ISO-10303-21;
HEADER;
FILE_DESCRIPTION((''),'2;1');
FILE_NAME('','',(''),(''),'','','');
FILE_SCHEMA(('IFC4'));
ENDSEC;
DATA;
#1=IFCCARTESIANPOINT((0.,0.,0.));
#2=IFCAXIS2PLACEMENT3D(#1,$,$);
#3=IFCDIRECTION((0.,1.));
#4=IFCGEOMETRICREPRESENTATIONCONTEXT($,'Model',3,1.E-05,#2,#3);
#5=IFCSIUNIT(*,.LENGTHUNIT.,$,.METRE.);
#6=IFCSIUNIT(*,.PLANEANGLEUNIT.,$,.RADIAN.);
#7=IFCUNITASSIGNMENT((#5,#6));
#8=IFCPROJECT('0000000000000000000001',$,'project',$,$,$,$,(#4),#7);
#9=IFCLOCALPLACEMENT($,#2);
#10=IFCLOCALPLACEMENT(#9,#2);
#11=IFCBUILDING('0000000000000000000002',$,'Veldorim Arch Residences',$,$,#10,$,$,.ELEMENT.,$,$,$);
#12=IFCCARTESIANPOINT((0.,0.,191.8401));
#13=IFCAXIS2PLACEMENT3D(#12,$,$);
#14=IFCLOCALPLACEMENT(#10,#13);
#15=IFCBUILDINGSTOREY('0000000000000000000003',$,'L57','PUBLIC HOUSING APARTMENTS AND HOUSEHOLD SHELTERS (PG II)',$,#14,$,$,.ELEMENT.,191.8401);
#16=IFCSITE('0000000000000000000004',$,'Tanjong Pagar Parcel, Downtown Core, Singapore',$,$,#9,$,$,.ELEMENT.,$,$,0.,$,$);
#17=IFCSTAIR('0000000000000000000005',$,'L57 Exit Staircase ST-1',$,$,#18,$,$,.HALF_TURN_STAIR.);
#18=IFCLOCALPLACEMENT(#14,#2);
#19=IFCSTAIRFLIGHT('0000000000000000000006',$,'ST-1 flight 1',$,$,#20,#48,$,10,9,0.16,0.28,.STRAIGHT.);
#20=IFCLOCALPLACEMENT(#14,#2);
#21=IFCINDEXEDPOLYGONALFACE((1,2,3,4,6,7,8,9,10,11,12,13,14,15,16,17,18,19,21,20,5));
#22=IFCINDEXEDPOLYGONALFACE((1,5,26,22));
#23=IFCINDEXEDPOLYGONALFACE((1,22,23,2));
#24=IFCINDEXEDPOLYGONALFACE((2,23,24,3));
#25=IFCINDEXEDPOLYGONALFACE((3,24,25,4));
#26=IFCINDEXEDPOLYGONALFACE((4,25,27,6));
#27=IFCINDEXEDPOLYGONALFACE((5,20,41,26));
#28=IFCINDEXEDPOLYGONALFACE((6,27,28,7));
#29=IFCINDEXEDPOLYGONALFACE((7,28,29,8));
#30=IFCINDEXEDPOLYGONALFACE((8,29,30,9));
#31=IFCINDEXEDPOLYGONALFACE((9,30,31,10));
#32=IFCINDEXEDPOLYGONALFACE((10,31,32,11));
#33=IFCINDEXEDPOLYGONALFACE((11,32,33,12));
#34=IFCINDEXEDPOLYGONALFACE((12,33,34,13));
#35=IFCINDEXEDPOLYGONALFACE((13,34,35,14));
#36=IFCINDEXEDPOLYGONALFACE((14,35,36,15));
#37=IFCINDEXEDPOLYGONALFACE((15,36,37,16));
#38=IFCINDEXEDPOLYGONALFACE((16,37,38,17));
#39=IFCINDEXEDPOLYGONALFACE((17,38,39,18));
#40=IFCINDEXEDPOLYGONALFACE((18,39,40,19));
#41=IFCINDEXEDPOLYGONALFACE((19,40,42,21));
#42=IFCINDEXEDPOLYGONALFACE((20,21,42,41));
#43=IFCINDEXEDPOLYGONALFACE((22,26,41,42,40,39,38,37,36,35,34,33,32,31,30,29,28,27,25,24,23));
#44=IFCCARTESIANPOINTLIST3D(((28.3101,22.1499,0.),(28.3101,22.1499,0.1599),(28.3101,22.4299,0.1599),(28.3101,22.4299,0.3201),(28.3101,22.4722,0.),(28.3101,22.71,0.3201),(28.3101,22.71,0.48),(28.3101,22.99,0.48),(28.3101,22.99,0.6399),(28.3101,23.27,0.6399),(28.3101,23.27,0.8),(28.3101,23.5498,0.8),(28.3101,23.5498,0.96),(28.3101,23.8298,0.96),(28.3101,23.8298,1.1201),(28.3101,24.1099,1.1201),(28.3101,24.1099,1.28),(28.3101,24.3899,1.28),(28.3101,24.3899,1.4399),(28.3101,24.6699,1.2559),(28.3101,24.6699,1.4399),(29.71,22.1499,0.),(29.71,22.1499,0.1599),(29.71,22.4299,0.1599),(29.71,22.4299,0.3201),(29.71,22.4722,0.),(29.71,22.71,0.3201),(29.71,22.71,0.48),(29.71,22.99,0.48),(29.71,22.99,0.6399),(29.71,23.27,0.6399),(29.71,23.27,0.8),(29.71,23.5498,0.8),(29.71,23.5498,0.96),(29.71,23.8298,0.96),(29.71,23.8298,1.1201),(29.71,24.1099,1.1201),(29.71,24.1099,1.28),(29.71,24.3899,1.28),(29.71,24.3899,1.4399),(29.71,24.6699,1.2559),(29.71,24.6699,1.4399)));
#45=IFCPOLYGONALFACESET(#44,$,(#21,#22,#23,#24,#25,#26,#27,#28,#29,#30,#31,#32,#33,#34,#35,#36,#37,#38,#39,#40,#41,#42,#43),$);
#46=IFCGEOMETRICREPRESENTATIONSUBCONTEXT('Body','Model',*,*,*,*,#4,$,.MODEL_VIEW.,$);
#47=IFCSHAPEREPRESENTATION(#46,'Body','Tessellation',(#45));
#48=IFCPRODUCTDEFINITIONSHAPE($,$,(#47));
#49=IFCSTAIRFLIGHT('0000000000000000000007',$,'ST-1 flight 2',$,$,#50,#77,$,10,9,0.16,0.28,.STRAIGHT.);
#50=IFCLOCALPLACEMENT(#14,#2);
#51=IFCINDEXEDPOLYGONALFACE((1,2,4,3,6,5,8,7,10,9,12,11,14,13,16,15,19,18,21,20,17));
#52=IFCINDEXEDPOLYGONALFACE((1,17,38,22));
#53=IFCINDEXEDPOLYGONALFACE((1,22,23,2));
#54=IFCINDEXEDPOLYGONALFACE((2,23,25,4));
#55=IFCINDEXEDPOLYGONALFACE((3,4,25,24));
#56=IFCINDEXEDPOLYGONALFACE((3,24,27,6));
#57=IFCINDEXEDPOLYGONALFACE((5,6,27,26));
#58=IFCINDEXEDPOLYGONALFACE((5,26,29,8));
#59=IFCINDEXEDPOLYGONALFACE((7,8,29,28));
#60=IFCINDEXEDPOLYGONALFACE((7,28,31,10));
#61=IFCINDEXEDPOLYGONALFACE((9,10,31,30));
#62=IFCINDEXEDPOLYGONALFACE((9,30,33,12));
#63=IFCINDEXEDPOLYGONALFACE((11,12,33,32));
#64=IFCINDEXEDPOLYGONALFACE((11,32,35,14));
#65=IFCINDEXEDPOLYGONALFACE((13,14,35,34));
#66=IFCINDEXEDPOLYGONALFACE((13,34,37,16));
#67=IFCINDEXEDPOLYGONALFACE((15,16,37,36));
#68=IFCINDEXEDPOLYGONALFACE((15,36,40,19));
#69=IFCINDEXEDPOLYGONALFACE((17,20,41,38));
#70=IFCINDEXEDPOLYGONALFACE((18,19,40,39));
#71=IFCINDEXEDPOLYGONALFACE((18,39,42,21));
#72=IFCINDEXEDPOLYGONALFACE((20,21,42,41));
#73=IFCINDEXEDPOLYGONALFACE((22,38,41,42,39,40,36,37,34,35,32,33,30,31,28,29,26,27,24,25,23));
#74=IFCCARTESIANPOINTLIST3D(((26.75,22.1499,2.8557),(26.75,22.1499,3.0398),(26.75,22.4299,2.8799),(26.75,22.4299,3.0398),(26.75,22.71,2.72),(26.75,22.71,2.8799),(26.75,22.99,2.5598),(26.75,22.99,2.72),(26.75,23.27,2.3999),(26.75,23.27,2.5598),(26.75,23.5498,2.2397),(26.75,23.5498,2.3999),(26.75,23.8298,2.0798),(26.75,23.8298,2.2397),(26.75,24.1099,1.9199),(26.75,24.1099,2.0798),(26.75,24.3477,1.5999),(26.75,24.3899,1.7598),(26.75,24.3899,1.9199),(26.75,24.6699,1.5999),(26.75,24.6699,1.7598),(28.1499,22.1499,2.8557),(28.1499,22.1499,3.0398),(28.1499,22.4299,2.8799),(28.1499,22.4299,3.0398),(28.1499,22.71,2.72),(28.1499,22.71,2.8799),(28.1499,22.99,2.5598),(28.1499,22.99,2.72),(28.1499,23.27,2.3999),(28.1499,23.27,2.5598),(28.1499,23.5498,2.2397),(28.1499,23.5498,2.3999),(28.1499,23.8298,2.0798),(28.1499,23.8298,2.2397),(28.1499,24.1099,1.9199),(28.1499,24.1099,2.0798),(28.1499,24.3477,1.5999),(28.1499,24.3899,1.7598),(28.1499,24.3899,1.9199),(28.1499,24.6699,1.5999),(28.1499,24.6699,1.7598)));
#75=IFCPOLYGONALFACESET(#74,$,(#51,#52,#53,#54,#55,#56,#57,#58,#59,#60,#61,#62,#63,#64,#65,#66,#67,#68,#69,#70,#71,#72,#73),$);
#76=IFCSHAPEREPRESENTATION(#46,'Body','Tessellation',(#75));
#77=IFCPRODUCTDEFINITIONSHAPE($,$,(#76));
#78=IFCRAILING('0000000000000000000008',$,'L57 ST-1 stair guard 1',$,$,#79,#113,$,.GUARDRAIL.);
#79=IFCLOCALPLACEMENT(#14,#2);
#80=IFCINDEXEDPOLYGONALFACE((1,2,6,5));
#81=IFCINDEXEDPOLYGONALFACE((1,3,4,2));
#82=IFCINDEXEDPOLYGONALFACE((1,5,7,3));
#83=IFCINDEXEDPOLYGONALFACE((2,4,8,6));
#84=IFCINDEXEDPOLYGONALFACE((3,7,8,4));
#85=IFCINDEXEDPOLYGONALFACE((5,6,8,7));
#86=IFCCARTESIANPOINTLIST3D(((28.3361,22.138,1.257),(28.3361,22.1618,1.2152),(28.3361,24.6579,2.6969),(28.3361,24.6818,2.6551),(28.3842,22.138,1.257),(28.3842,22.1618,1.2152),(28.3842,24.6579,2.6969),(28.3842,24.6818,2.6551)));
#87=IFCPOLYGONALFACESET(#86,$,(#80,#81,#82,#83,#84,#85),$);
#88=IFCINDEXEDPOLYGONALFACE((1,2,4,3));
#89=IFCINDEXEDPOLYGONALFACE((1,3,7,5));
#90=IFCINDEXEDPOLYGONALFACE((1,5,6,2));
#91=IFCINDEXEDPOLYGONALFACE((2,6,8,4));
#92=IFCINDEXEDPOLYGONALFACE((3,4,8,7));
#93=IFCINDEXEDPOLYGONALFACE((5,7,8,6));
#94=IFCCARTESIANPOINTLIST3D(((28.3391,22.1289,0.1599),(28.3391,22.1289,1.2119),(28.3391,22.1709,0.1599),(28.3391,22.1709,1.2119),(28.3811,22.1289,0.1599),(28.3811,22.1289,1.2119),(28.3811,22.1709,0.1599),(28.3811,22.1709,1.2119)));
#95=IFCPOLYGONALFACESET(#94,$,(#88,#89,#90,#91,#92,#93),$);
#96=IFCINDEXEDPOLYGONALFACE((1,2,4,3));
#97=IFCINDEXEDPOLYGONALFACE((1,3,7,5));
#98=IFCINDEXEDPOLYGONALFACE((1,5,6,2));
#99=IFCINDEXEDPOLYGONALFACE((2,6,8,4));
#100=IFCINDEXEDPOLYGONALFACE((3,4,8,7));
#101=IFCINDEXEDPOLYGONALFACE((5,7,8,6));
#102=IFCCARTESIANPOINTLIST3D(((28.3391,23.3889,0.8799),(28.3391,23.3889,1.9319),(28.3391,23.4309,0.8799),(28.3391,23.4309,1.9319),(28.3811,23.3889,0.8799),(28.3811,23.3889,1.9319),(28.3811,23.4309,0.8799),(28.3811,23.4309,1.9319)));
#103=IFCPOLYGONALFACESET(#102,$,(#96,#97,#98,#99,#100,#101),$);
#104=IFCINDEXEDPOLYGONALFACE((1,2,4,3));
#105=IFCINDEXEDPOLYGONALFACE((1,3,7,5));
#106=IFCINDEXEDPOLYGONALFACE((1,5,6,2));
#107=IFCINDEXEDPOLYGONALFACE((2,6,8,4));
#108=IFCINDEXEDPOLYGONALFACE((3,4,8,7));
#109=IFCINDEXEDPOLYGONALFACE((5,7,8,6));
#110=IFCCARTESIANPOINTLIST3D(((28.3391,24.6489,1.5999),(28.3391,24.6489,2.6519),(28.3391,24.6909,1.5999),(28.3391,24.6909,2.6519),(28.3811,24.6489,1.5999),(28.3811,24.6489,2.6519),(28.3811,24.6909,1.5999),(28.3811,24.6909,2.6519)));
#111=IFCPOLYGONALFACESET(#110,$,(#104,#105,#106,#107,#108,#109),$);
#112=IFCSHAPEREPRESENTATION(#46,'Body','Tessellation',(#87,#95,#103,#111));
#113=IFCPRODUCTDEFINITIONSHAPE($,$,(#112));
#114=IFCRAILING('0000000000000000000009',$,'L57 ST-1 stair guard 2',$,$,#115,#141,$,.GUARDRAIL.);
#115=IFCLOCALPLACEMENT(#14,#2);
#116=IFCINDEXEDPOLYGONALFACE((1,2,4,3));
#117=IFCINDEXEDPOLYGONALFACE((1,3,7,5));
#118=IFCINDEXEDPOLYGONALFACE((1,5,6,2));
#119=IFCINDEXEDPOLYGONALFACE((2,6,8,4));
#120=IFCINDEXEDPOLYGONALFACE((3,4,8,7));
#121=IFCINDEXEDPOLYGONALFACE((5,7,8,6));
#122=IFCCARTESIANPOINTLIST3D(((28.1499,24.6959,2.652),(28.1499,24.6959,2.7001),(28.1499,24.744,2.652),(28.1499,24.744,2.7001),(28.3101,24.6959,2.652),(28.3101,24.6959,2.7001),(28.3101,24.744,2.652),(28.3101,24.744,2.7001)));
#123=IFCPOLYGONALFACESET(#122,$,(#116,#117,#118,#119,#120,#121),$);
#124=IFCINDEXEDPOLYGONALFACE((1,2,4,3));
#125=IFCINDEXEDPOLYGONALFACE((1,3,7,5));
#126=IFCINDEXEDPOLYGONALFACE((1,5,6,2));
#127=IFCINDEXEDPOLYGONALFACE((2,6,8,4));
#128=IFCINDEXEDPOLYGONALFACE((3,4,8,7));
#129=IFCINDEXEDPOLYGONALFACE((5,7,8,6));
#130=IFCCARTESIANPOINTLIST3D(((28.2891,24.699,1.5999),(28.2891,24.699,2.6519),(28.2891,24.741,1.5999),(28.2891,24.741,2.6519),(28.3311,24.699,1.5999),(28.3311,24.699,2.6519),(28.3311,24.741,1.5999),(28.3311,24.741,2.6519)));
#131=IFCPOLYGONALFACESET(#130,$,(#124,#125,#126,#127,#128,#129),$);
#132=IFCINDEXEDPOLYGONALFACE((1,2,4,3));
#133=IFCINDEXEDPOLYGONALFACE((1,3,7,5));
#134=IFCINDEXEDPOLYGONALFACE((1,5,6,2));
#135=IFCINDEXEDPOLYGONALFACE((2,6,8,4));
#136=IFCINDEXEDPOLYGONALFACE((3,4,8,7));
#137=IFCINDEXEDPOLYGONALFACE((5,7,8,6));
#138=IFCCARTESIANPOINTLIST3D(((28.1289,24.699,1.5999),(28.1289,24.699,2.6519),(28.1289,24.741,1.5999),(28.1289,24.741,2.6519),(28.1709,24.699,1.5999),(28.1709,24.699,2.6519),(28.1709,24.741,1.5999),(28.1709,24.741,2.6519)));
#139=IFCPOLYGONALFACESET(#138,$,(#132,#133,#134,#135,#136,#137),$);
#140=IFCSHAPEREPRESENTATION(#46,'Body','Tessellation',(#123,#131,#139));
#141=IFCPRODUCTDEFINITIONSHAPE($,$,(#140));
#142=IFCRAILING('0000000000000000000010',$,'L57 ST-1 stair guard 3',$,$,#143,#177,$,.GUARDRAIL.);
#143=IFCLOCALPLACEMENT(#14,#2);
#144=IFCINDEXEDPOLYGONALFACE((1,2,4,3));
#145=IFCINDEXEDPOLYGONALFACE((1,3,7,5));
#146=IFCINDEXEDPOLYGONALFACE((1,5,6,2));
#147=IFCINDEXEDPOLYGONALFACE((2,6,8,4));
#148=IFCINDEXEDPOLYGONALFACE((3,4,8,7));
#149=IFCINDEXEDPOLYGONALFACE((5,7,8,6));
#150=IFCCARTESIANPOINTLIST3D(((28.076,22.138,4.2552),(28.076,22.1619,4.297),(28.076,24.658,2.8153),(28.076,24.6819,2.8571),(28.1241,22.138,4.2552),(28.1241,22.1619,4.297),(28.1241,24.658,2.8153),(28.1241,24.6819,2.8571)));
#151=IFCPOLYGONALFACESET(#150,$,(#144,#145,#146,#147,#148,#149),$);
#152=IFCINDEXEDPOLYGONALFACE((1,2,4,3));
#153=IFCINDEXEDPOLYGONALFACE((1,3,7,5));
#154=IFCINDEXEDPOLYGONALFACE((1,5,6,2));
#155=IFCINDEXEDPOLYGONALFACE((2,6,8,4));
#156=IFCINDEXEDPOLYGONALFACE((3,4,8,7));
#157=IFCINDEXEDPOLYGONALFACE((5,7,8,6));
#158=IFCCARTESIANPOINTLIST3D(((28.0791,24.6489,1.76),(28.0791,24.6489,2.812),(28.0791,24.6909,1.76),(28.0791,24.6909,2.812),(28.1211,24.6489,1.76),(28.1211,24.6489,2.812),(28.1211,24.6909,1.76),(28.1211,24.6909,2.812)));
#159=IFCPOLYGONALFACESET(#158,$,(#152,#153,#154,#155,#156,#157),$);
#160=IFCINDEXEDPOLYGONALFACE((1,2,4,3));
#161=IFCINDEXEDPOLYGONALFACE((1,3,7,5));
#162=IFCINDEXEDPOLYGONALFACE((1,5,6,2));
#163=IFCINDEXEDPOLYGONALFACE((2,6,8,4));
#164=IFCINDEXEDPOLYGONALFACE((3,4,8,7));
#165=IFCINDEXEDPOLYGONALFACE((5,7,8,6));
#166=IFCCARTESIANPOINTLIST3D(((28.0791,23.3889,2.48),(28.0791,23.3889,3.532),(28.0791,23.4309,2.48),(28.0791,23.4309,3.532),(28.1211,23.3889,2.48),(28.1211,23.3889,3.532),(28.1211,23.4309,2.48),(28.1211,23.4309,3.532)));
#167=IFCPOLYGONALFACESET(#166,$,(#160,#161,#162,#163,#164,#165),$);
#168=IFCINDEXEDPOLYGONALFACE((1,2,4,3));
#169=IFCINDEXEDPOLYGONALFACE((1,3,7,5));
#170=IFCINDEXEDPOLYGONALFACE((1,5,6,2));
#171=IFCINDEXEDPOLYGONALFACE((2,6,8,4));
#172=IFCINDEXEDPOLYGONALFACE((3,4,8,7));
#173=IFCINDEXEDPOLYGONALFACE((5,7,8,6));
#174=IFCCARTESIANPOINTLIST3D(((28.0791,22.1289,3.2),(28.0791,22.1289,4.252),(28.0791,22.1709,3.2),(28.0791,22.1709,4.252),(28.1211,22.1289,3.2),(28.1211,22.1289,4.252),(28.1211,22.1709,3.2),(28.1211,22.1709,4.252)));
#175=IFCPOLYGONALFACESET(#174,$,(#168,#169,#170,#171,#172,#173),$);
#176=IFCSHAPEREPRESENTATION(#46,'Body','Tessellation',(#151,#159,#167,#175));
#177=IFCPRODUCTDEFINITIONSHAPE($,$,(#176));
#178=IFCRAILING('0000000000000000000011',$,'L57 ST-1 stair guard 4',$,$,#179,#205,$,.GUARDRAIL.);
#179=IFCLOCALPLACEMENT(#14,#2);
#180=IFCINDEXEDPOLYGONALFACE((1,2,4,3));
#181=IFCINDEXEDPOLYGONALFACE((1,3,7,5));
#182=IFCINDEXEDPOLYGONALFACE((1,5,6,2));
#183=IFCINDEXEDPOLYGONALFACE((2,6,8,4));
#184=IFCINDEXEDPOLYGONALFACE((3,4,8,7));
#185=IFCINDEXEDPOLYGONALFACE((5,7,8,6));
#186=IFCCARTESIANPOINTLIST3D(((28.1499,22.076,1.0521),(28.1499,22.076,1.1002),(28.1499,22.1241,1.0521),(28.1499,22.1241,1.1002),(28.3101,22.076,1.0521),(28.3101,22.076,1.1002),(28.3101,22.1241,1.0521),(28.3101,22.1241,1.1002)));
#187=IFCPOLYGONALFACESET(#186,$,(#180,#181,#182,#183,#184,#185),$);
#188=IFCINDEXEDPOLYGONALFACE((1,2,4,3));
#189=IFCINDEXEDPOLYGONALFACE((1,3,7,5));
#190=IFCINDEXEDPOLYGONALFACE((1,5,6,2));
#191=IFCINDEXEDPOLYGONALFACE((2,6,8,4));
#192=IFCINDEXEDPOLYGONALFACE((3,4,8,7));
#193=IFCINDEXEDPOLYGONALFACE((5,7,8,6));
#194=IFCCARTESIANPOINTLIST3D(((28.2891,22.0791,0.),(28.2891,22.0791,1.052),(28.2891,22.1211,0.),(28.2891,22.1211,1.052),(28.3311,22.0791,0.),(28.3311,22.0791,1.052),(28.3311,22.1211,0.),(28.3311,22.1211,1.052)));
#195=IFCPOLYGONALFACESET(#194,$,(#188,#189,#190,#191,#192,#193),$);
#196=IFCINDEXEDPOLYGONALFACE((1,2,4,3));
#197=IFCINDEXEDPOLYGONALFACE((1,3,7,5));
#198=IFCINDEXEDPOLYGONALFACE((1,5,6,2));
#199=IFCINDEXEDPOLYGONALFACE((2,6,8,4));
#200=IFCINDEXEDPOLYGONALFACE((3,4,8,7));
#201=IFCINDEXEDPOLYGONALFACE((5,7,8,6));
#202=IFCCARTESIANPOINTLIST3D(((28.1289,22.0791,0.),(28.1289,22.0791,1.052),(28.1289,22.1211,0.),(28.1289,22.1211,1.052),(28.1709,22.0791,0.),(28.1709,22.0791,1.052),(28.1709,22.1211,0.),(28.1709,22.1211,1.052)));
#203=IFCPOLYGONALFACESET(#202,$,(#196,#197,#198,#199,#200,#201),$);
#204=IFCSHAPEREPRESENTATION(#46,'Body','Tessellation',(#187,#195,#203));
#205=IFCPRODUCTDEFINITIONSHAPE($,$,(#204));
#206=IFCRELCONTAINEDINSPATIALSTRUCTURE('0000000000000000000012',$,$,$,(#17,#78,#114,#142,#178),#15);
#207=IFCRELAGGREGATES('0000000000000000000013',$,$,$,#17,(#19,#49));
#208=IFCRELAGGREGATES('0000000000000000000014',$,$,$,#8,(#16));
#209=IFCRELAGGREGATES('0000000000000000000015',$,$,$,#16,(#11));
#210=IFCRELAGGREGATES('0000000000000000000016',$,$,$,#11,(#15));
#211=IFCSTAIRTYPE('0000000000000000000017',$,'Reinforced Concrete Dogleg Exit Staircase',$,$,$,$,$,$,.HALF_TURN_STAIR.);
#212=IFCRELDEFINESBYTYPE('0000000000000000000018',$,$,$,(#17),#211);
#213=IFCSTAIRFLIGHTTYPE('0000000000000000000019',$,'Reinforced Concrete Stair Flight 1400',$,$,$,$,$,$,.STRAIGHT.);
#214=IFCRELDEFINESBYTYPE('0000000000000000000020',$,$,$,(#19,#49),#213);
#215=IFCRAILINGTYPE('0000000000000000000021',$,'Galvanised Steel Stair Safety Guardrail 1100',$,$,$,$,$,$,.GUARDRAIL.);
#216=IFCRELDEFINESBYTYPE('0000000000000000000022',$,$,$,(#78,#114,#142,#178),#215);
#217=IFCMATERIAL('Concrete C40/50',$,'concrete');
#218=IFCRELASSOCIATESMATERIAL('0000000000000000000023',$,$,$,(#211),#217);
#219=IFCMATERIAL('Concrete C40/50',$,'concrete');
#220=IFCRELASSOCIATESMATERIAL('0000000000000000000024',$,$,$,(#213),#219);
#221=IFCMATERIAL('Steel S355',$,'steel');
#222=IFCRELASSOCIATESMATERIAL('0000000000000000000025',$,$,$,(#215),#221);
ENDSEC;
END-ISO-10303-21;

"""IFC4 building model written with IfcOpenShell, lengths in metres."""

from ifc_helpers import new_model, si_unit, direction, frame, origin, origin_2d, place, context, subcontext, project, spatial, polyline, rectangle, outline, extrude, material, type_object, element, aggregate, save


model = new_model("IFC4")

# Units and contexts
model_context = context("Model", 3, precision=1e-05, world=origin(), true_north=direction((0.0, 1.0)))
body_context = subcontext(model_context, "Body", "Model", "MODEL_VIEW")
ifc_project = project(units=[si_unit("LENGTHUNIT", "METRE"), si_unit("PLANEANGLEUNIT", "RADIAN")], contexts=[model_context])

# Site, building, storey
site_placement = place(None, origin())
site = spatial("IfcSite", under=ifc_project, at=site_placement, Name="Tanjong Pagar Parcel, Downtown Core, Singapore", CompositionType="ELEMENT", RefElevation=0.0)
building_placement = place(site_placement, origin())
building = spatial("IfcBuilding", under=site, at=building_placement, Name="Veldorim Arch Residences", CompositionType="ELEMENT")
storey_placement = place(building_placement, frame((0.0, 0.0, 191.8401)))
storey = spatial("IfcBuildingStorey", under=building, at=storey_placement, Name="L57", Description="PUBLIC HOUSING APARTMENTS AND HOUSEHOLD SHELTERS (PG II)", CompositionType="ELEMENT", Elevation=191.8401)

# Stair, stair flights
ifc_material_1 = material(Name="Concrete C40/50", Category="concrete")
stair_type = type_object("IfcStairType", Name="Reinforced Concrete Dogleg Exit Staircase", PredefinedType="HALF_TURN_STAIR", material=ifc_material_1)
stair_placement = place(storey_placement, origin())
stair = element("IfcStair", 1, at=stair_placement, inside=storey, type_object=stair_type, Name="L57 Exit Staircase ST-1", PredefinedType="HALF_TURN_STAIR")
ifc_material_2 = material(Name="Concrete C40/50", Category="concrete")
stair_flight_type = type_object("IfcStairFlightType", Name="Reinforced Concrete Stair Flight 1400", PredefinedType="STRAIGHT", material=ifc_material_2)
stair_flight_1_placement = place(storey_placement, frame((29.01, 22.1499, 0.0), z_axis=(0.0, 0.0, 1.0), x_axis=(0.0, 1.0, 0.0)))
stair_flight_1 = element("IfcStairFlight", 2, at=stair_flight_1_placement, type_object=stair_flight_type, Name="ST-1 flight 1", NumberOfRisers=10, NumberOfTreads=9, PredefinedType="STRAIGHT", RiserHeight=0.16, TreadLength=0.28, context=body_context, shape_type="SweptSolid", body=[
    extrude(outline(polyline([(0.0, 0.0), (0.0, 0.1599), (0.28, 0.1599), (0.28, 0.3201), (0.5601, 0.3201), (0.5601, 0.48), (0.8401, 0.48), (0.8401, 0.6399), (1.1201, 0.6399), (1.1201, 0.8), (1.3999, 0.8), (1.3999, 0.96), (1.6799, 0.96), (1.6799, 1.1201), (1.96, 1.1201), (1.96, 1.28), (2.24, 1.28), (2.24, 1.4399), (2.52, 1.4399), (2.52, 1.6001), (2.52, 1.2559), (0.3223, 0.0), (0.0, 0.0)])), frame((0.0, 0.7, 0.0), z_axis=(0.0, -1.0, 0.0), x_axis=(1.0, 0.0, 0.0)), (0.0, 0.0, 1.0), 1.3999),
])
stair_flight_2_placement = place(storey_placement, frame((27.45, 24.6699, 1.5999), z_axis=(0.0, 0.0, 1.0), x_axis=(0.0, -1.0, 0.0)))
stair_flight_2 = element("IfcStairFlight", 3, at=stair_flight_2_placement, type_object=stair_flight_type, Name="ST-1 flight 2", NumberOfRisers=10, NumberOfTreads=9, PredefinedType="STRAIGHT", RiserHeight=0.16, TreadLength=0.28, context=body_context, shape_type="SweptSolid", body=[
    extrude(outline(polyline([(0.0, 0.0), (0.0, 0.1599), (0.28, 0.1599), (0.28, 0.3201), (0.5601, 0.3201), (0.5601, 0.48), (0.8401, 0.48), (0.8401, 0.6399), (1.1201, 0.6399), (1.1201, 0.8), (1.3999, 0.8), (1.3999, 0.96), (1.6799, 0.96), (1.6799, 1.1201), (1.96, 1.1201), (1.96, 1.28), (2.24, 1.28), (2.24, 1.4399), (2.52, 1.4399), (2.52, 1.6001), (2.52, 1.2559), (0.3223, 0.0), (0.0, 0.0)])), frame((0.0, 0.7, 0.0), z_axis=(0.0, -1.0, 0.0), x_axis=(1.0, 0.0, 0.0)), (0.0, 0.0, 1.0), 1.3999),
])
aggregate(stair, [stair_flight_1, stair_flight_2])

# Railings
ifc_material_3 = material(Name="Steel S355", Category="steel")
railing_type_1 = type_object("IfcRailingType", Name="Galvanised Steel Stair Safety Guardrail 1100", PredefinedType="GUARDRAIL", material=ifc_material_3)
railing_1_placement = place(storey_placement, frame((28.3601, 22.1499, 0.1599)))
element("IfcRailing", 4, at=railing_1_placement, inside=storey, type_object=railing_type_1, Name="L57 ST-1 stair guard 1", PredefinedType="GUARDRAIL", context=body_context, shape_type="SweptSolid", body=[
    extrude(rectangle(XDim=0.0481, YDim=0.0481, at=origin_2d()), frame((0.0, 0.0, 1.0762), z_axis=(0.0, 0.868253, 0.496121), x_axis=(-1.0, 0.0, 0.0)), (0.0, 0.0, 1.0), 2.9023),
    extrude(rectangle(XDim=0.042, YDim=0.042, at=origin_2d()), origin(), (0.0, 0.0, 1.0), 1.052),
    extrude(rectangle(XDim=0.042, YDim=0.042, at=origin_2d()), frame((0.0, 1.26, 0.72)), (0.0, 0.0, 1.0), 1.052),
    extrude(rectangle(XDim=0.042, YDim=0.042, at=origin_2d()), frame((0.0, 2.52, 1.4399)), (0.0, 0.0, 1.0), 1.052),
])
railing_2_placement = place(storey_placement, frame((28.3101, 24.72, 1.5999)))
element("IfcRailing", 5, at=railing_2_placement, inside=storey, type_object=railing_type_1, Name="L57 ST-1 stair guard 2", PredefinedType="GUARDRAIL", context=body_context, shape_type="SweptSolid", body=[
    extrude(rectangle(XDim=0.0481, YDim=0.0481, at=origin_2d()), frame((0.0, 0.0, 1.0762), z_axis=(-1.0, 0.0, 0.0), x_axis=(0.0, -1.0, 0.0)), (0.0, 0.0, 1.0), 0.1602),
    extrude(rectangle(XDim=0.042, YDim=0.042, at=origin_2d()), origin(), (0.0, 0.0, 1.0), 1.052),
    extrude(rectangle(XDim=0.042, YDim=0.042, at=origin_2d()), frame((-0.1602, 0.0, 0.0)), (0.0, 0.0, 1.0), 1.052),
])
railing_3_placement = place(storey_placement, frame((28.1001, 24.6699, 1.76)))
element("IfcRailing", 6, at=railing_3_placement, inside=storey, type_object=railing_type_1, Name="L57 ST-1 stair guard 3", PredefinedType="GUARDRAIL", context=body_context, shape_type="SweptSolid", body=[
    extrude(rectangle(XDim=0.0481, YDim=0.0481, at=origin_2d()), frame((0.0, 0.0, 1.0762), z_axis=(0.0, -0.868253, 0.496121), x_axis=(1.0, 0.0, 0.0)), (0.0, 0.0, 1.0), 2.9023),
    extrude(rectangle(XDim=0.042, YDim=0.042, at=origin_2d()), origin(), (0.0, 0.0, 1.0), 1.052),
    extrude(rectangle(XDim=0.042, YDim=0.042, at=origin_2d()), frame((0.0, -1.26, 0.72)), (0.0, 0.0, 1.0), 1.052),
    extrude(rectangle(XDim=0.042, YDim=0.042, at=origin_2d()), frame((0.0, -2.52, 1.4399)), (0.0, 0.0, 1.0), 1.052),
])
railing_4_placement = place(storey_placement, frame((28.3101, 22.1001, 0.0)))
element("IfcRailing", 7, at=railing_4_placement, inside=storey, type_object=railing_type_1, Name="L57 ST-1 stair guard 4", PredefinedType="GUARDRAIL", context=body_context, shape_type="SweptSolid", body=[
    extrude(rectangle(XDim=0.0481, YDim=0.0481, at=origin_2d()), frame((0.0, 0.0, 1.0762), z_axis=(-1.0, 0.0, 0.0), x_axis=(0.0, -1.0, 0.0)), (0.0, 0.0, 1.0), 0.1602),
    extrude(rectangle(XDim=0.042, YDim=0.042, at=origin_2d()), origin(), (0.0, 0.0, 1.0), 1.052),
    extrude(rectangle(XDim=0.042, YDim=0.042, at=origin_2d()), frame((-0.1602, 0.0, 0.0)), (0.0, 0.0, 1.0), 1.052),
])

save(model, "model.ifc")
